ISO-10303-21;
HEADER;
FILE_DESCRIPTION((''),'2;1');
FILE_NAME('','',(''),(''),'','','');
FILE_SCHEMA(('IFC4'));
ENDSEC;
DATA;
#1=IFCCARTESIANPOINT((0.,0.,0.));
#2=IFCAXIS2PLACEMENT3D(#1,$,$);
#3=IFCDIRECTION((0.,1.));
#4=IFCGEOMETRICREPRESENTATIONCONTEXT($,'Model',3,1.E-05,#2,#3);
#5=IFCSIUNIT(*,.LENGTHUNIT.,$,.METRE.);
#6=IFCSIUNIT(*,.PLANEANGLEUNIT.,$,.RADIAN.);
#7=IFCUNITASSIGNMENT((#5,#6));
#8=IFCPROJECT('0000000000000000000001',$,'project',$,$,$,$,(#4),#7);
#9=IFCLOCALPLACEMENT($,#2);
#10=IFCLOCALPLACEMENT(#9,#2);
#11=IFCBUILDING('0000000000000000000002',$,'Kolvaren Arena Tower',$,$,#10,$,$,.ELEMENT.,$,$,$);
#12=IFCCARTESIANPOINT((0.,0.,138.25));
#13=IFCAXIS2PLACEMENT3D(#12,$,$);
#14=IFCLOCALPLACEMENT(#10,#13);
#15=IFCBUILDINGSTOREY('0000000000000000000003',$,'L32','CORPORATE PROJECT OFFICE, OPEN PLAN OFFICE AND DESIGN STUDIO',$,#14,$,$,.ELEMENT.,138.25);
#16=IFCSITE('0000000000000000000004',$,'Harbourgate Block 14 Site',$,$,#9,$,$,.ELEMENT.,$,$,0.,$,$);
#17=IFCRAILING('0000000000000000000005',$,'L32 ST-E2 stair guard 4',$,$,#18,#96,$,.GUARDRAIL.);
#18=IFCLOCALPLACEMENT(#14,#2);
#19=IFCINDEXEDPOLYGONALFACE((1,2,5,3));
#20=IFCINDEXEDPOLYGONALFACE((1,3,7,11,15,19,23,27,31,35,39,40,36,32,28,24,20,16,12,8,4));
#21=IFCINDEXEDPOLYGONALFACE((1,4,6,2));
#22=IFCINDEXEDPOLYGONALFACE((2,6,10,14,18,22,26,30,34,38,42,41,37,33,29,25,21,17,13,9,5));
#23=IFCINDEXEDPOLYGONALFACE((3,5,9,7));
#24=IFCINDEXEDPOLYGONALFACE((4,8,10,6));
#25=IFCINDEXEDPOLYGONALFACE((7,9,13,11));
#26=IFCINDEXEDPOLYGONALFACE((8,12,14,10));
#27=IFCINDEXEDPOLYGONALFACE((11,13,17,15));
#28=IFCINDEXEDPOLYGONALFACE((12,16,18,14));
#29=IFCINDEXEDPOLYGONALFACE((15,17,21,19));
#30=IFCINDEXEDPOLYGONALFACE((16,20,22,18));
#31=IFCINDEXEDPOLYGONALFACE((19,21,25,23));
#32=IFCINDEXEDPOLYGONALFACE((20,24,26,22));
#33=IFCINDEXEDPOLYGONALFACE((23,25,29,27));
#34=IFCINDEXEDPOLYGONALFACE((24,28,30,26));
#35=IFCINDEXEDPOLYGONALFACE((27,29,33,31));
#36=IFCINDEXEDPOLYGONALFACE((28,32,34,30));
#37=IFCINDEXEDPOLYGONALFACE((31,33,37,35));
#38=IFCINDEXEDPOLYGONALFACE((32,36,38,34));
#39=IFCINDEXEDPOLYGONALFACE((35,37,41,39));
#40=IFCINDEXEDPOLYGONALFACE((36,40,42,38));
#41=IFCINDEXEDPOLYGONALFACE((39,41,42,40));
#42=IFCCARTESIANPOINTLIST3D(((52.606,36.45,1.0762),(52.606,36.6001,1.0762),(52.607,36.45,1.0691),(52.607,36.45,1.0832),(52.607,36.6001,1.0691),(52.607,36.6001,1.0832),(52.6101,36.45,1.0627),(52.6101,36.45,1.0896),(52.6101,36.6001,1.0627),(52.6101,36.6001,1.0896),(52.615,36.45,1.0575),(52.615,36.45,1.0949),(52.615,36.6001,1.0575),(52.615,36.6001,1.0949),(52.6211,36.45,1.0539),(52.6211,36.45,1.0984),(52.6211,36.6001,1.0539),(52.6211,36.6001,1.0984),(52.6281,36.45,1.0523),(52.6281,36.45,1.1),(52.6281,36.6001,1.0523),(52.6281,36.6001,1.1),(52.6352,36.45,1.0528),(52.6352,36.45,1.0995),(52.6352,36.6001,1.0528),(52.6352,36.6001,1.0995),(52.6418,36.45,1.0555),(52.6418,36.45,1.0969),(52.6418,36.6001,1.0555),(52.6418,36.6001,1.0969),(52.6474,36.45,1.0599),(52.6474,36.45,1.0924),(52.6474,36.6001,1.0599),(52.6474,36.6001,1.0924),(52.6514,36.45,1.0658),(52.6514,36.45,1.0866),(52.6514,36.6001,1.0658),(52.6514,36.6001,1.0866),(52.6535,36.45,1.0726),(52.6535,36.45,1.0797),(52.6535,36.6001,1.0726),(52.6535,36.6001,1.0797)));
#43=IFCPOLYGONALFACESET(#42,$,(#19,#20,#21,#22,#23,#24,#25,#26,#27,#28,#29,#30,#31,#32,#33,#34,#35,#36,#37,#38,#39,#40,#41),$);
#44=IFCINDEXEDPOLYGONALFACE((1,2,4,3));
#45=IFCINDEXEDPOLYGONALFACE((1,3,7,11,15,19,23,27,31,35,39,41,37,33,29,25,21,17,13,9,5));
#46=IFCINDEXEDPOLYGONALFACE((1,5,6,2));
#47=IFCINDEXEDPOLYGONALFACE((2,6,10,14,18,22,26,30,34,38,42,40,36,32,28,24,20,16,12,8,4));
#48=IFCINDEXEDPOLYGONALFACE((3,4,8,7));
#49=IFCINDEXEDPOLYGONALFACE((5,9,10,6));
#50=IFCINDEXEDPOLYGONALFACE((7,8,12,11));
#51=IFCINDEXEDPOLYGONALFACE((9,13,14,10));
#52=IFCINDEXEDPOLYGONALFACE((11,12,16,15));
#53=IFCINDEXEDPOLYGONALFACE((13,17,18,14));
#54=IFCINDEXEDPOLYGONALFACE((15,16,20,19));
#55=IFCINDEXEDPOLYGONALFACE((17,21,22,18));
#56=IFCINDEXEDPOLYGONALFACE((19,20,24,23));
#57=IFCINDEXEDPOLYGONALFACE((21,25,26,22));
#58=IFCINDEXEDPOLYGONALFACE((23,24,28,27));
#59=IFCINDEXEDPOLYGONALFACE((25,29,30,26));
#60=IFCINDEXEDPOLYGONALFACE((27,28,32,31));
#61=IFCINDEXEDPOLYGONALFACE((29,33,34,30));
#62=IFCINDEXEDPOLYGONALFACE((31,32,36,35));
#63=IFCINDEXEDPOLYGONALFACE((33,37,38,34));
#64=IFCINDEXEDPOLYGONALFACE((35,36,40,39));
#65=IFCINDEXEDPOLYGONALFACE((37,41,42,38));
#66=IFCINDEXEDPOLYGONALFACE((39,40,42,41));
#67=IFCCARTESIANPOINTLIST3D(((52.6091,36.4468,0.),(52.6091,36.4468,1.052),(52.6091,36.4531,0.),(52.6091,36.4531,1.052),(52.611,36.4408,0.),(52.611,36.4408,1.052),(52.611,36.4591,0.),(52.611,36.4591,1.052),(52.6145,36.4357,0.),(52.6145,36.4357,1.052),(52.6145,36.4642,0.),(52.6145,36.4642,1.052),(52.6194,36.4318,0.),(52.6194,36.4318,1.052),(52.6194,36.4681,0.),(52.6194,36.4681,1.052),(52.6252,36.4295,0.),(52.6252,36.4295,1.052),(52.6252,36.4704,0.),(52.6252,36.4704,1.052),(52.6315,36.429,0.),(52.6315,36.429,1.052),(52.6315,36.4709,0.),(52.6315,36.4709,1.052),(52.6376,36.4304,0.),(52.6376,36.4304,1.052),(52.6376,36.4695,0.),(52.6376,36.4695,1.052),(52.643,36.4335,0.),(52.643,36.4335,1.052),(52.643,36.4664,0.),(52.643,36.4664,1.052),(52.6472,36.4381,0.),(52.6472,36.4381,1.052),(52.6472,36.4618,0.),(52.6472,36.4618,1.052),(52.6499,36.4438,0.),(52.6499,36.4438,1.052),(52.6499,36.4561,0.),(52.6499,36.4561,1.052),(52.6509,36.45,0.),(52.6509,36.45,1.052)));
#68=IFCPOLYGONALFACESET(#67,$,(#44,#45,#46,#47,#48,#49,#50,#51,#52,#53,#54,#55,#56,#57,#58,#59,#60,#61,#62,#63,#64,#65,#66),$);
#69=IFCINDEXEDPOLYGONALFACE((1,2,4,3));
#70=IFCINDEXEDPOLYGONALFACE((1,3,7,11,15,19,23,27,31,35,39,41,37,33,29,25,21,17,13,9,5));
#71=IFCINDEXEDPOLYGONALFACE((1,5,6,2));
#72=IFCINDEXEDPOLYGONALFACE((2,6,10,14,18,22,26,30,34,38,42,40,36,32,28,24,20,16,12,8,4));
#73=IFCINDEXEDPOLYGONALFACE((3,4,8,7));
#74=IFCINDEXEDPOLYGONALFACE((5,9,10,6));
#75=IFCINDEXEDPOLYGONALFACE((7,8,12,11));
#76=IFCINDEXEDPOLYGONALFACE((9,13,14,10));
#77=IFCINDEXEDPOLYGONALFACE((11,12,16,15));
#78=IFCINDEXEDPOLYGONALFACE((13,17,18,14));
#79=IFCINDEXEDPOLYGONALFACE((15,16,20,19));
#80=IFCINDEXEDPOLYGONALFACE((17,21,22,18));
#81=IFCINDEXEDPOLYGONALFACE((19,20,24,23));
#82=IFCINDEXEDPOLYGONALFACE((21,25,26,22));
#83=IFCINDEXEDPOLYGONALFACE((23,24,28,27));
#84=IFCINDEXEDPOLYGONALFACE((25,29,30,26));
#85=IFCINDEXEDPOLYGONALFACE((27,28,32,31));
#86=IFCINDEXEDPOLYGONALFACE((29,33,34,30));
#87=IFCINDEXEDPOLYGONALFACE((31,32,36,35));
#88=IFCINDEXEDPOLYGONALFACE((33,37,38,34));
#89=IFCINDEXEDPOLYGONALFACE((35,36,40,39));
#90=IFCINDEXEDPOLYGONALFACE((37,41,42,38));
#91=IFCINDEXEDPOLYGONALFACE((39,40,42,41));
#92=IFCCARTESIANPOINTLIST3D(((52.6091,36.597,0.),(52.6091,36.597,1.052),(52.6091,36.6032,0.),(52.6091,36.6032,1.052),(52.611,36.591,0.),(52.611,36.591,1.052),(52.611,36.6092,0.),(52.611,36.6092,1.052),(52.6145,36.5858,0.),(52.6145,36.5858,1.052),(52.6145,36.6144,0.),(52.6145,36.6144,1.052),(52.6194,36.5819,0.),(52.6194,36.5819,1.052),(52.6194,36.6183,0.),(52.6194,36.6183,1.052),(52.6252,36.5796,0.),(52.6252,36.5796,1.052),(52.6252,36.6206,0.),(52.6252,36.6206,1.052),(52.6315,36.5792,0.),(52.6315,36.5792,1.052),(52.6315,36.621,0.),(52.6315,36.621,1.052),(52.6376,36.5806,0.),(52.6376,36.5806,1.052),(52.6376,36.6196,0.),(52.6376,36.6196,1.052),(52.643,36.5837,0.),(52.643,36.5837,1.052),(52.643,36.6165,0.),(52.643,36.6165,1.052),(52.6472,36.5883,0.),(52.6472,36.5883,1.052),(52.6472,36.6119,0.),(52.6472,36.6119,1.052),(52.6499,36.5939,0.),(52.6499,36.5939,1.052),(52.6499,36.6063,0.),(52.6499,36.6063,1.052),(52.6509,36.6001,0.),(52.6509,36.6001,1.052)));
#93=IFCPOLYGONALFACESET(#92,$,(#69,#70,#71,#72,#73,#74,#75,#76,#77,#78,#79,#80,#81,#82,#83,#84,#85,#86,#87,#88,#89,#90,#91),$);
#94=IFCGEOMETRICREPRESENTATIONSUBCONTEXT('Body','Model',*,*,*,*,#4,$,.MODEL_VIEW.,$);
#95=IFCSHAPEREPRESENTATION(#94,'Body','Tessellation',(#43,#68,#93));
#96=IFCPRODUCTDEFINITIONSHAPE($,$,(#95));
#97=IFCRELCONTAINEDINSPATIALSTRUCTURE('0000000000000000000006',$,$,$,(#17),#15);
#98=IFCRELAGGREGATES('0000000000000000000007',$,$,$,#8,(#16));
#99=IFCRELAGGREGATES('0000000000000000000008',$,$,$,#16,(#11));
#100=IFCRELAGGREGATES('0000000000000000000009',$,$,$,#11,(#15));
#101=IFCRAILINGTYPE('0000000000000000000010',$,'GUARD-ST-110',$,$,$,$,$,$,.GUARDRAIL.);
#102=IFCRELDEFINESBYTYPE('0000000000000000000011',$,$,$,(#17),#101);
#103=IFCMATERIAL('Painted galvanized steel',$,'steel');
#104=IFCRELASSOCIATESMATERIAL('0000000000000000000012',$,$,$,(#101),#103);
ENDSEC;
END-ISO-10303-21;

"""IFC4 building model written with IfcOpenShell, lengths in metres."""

from ifc_helpers import new_model, si_unit, direction, frame, origin, origin_2d, place, context, subcontext, project, spatial, circle, extrude, material, type_object, element, save


model = new_model("IFC4")

# Units and contexts
model_context = context("Model", 3, precision=1e-05, world=origin(), true_north=direction((0.0, 1.0)))
body_context = subcontext(model_context, "Body", "Model", "MODEL_VIEW")
ifc_project = project(units=[si_unit("LENGTHUNIT", "METRE"), si_unit("PLANEANGLEUNIT", "RADIAN")], contexts=[model_context])

# Site, building, storey
site_placement = place(None, origin())
site = spatial("IfcSite", under=ifc_project, at=site_placement, Name="Harbourgate Block 14 Site", CompositionType="ELEMENT", RefElevation=0.0)
building_placement = place(site_placement, origin())
building = spatial("IfcBuilding", under=site, at=building_placement, Name="Kolvaren Arena Tower", CompositionType="ELEMENT")
storey_placement = place(building_placement, frame((0.0, 0.0, 138.25)))
storey = spatial("IfcBuildingStorey", under=building, at=storey_placement, Name="L32", Description="CORPORATE PROJECT OFFICE, OPEN PLAN OFFICE AND DESIGN STUDIO", CompositionType="ELEMENT", Elevation=138.25)

# Railing
ifc_material_1 = material(Name="Painted galvanized steel", Category="steel")
railing_type_1 = type_object("IfcRailingType", Name="GUARD-ST-110", PredefinedType="GUARDRAIL", material=ifc_material_1)
railing_1_placement = place(storey_placement, frame((52.6299, 36.45, 0.0)))
element("IfcRailing", 1, at=railing_1_placement, inside=storey, type_object=railing_type_1, Name="L32 ST-E2 stair guard 4", PredefinedType="GUARDRAIL", context=body_context, shape_type="SweptSolid", body=[
    extrude(circle(Radius=0.0239, at=origin_2d()), frame((0.0, 0.0, 1.0762), z_axis=(0.0, 1.0, 0.0), x_axis=(-1.0, 0.0, 0.0)), (0.0, 0.0, 1.0), 0.1501),
    extrude(circle(Radius=0.021, at=origin_2d()), origin(), (0.0, 0.0, 1.0), 1.052),
    extrude(circle(Radius=0.021, at=origin_2d()), frame((0.0, 0.1501, 0.0)), (0.0, 0.0, 1.0), 1.052),
])

save(model, "model.ifc")
